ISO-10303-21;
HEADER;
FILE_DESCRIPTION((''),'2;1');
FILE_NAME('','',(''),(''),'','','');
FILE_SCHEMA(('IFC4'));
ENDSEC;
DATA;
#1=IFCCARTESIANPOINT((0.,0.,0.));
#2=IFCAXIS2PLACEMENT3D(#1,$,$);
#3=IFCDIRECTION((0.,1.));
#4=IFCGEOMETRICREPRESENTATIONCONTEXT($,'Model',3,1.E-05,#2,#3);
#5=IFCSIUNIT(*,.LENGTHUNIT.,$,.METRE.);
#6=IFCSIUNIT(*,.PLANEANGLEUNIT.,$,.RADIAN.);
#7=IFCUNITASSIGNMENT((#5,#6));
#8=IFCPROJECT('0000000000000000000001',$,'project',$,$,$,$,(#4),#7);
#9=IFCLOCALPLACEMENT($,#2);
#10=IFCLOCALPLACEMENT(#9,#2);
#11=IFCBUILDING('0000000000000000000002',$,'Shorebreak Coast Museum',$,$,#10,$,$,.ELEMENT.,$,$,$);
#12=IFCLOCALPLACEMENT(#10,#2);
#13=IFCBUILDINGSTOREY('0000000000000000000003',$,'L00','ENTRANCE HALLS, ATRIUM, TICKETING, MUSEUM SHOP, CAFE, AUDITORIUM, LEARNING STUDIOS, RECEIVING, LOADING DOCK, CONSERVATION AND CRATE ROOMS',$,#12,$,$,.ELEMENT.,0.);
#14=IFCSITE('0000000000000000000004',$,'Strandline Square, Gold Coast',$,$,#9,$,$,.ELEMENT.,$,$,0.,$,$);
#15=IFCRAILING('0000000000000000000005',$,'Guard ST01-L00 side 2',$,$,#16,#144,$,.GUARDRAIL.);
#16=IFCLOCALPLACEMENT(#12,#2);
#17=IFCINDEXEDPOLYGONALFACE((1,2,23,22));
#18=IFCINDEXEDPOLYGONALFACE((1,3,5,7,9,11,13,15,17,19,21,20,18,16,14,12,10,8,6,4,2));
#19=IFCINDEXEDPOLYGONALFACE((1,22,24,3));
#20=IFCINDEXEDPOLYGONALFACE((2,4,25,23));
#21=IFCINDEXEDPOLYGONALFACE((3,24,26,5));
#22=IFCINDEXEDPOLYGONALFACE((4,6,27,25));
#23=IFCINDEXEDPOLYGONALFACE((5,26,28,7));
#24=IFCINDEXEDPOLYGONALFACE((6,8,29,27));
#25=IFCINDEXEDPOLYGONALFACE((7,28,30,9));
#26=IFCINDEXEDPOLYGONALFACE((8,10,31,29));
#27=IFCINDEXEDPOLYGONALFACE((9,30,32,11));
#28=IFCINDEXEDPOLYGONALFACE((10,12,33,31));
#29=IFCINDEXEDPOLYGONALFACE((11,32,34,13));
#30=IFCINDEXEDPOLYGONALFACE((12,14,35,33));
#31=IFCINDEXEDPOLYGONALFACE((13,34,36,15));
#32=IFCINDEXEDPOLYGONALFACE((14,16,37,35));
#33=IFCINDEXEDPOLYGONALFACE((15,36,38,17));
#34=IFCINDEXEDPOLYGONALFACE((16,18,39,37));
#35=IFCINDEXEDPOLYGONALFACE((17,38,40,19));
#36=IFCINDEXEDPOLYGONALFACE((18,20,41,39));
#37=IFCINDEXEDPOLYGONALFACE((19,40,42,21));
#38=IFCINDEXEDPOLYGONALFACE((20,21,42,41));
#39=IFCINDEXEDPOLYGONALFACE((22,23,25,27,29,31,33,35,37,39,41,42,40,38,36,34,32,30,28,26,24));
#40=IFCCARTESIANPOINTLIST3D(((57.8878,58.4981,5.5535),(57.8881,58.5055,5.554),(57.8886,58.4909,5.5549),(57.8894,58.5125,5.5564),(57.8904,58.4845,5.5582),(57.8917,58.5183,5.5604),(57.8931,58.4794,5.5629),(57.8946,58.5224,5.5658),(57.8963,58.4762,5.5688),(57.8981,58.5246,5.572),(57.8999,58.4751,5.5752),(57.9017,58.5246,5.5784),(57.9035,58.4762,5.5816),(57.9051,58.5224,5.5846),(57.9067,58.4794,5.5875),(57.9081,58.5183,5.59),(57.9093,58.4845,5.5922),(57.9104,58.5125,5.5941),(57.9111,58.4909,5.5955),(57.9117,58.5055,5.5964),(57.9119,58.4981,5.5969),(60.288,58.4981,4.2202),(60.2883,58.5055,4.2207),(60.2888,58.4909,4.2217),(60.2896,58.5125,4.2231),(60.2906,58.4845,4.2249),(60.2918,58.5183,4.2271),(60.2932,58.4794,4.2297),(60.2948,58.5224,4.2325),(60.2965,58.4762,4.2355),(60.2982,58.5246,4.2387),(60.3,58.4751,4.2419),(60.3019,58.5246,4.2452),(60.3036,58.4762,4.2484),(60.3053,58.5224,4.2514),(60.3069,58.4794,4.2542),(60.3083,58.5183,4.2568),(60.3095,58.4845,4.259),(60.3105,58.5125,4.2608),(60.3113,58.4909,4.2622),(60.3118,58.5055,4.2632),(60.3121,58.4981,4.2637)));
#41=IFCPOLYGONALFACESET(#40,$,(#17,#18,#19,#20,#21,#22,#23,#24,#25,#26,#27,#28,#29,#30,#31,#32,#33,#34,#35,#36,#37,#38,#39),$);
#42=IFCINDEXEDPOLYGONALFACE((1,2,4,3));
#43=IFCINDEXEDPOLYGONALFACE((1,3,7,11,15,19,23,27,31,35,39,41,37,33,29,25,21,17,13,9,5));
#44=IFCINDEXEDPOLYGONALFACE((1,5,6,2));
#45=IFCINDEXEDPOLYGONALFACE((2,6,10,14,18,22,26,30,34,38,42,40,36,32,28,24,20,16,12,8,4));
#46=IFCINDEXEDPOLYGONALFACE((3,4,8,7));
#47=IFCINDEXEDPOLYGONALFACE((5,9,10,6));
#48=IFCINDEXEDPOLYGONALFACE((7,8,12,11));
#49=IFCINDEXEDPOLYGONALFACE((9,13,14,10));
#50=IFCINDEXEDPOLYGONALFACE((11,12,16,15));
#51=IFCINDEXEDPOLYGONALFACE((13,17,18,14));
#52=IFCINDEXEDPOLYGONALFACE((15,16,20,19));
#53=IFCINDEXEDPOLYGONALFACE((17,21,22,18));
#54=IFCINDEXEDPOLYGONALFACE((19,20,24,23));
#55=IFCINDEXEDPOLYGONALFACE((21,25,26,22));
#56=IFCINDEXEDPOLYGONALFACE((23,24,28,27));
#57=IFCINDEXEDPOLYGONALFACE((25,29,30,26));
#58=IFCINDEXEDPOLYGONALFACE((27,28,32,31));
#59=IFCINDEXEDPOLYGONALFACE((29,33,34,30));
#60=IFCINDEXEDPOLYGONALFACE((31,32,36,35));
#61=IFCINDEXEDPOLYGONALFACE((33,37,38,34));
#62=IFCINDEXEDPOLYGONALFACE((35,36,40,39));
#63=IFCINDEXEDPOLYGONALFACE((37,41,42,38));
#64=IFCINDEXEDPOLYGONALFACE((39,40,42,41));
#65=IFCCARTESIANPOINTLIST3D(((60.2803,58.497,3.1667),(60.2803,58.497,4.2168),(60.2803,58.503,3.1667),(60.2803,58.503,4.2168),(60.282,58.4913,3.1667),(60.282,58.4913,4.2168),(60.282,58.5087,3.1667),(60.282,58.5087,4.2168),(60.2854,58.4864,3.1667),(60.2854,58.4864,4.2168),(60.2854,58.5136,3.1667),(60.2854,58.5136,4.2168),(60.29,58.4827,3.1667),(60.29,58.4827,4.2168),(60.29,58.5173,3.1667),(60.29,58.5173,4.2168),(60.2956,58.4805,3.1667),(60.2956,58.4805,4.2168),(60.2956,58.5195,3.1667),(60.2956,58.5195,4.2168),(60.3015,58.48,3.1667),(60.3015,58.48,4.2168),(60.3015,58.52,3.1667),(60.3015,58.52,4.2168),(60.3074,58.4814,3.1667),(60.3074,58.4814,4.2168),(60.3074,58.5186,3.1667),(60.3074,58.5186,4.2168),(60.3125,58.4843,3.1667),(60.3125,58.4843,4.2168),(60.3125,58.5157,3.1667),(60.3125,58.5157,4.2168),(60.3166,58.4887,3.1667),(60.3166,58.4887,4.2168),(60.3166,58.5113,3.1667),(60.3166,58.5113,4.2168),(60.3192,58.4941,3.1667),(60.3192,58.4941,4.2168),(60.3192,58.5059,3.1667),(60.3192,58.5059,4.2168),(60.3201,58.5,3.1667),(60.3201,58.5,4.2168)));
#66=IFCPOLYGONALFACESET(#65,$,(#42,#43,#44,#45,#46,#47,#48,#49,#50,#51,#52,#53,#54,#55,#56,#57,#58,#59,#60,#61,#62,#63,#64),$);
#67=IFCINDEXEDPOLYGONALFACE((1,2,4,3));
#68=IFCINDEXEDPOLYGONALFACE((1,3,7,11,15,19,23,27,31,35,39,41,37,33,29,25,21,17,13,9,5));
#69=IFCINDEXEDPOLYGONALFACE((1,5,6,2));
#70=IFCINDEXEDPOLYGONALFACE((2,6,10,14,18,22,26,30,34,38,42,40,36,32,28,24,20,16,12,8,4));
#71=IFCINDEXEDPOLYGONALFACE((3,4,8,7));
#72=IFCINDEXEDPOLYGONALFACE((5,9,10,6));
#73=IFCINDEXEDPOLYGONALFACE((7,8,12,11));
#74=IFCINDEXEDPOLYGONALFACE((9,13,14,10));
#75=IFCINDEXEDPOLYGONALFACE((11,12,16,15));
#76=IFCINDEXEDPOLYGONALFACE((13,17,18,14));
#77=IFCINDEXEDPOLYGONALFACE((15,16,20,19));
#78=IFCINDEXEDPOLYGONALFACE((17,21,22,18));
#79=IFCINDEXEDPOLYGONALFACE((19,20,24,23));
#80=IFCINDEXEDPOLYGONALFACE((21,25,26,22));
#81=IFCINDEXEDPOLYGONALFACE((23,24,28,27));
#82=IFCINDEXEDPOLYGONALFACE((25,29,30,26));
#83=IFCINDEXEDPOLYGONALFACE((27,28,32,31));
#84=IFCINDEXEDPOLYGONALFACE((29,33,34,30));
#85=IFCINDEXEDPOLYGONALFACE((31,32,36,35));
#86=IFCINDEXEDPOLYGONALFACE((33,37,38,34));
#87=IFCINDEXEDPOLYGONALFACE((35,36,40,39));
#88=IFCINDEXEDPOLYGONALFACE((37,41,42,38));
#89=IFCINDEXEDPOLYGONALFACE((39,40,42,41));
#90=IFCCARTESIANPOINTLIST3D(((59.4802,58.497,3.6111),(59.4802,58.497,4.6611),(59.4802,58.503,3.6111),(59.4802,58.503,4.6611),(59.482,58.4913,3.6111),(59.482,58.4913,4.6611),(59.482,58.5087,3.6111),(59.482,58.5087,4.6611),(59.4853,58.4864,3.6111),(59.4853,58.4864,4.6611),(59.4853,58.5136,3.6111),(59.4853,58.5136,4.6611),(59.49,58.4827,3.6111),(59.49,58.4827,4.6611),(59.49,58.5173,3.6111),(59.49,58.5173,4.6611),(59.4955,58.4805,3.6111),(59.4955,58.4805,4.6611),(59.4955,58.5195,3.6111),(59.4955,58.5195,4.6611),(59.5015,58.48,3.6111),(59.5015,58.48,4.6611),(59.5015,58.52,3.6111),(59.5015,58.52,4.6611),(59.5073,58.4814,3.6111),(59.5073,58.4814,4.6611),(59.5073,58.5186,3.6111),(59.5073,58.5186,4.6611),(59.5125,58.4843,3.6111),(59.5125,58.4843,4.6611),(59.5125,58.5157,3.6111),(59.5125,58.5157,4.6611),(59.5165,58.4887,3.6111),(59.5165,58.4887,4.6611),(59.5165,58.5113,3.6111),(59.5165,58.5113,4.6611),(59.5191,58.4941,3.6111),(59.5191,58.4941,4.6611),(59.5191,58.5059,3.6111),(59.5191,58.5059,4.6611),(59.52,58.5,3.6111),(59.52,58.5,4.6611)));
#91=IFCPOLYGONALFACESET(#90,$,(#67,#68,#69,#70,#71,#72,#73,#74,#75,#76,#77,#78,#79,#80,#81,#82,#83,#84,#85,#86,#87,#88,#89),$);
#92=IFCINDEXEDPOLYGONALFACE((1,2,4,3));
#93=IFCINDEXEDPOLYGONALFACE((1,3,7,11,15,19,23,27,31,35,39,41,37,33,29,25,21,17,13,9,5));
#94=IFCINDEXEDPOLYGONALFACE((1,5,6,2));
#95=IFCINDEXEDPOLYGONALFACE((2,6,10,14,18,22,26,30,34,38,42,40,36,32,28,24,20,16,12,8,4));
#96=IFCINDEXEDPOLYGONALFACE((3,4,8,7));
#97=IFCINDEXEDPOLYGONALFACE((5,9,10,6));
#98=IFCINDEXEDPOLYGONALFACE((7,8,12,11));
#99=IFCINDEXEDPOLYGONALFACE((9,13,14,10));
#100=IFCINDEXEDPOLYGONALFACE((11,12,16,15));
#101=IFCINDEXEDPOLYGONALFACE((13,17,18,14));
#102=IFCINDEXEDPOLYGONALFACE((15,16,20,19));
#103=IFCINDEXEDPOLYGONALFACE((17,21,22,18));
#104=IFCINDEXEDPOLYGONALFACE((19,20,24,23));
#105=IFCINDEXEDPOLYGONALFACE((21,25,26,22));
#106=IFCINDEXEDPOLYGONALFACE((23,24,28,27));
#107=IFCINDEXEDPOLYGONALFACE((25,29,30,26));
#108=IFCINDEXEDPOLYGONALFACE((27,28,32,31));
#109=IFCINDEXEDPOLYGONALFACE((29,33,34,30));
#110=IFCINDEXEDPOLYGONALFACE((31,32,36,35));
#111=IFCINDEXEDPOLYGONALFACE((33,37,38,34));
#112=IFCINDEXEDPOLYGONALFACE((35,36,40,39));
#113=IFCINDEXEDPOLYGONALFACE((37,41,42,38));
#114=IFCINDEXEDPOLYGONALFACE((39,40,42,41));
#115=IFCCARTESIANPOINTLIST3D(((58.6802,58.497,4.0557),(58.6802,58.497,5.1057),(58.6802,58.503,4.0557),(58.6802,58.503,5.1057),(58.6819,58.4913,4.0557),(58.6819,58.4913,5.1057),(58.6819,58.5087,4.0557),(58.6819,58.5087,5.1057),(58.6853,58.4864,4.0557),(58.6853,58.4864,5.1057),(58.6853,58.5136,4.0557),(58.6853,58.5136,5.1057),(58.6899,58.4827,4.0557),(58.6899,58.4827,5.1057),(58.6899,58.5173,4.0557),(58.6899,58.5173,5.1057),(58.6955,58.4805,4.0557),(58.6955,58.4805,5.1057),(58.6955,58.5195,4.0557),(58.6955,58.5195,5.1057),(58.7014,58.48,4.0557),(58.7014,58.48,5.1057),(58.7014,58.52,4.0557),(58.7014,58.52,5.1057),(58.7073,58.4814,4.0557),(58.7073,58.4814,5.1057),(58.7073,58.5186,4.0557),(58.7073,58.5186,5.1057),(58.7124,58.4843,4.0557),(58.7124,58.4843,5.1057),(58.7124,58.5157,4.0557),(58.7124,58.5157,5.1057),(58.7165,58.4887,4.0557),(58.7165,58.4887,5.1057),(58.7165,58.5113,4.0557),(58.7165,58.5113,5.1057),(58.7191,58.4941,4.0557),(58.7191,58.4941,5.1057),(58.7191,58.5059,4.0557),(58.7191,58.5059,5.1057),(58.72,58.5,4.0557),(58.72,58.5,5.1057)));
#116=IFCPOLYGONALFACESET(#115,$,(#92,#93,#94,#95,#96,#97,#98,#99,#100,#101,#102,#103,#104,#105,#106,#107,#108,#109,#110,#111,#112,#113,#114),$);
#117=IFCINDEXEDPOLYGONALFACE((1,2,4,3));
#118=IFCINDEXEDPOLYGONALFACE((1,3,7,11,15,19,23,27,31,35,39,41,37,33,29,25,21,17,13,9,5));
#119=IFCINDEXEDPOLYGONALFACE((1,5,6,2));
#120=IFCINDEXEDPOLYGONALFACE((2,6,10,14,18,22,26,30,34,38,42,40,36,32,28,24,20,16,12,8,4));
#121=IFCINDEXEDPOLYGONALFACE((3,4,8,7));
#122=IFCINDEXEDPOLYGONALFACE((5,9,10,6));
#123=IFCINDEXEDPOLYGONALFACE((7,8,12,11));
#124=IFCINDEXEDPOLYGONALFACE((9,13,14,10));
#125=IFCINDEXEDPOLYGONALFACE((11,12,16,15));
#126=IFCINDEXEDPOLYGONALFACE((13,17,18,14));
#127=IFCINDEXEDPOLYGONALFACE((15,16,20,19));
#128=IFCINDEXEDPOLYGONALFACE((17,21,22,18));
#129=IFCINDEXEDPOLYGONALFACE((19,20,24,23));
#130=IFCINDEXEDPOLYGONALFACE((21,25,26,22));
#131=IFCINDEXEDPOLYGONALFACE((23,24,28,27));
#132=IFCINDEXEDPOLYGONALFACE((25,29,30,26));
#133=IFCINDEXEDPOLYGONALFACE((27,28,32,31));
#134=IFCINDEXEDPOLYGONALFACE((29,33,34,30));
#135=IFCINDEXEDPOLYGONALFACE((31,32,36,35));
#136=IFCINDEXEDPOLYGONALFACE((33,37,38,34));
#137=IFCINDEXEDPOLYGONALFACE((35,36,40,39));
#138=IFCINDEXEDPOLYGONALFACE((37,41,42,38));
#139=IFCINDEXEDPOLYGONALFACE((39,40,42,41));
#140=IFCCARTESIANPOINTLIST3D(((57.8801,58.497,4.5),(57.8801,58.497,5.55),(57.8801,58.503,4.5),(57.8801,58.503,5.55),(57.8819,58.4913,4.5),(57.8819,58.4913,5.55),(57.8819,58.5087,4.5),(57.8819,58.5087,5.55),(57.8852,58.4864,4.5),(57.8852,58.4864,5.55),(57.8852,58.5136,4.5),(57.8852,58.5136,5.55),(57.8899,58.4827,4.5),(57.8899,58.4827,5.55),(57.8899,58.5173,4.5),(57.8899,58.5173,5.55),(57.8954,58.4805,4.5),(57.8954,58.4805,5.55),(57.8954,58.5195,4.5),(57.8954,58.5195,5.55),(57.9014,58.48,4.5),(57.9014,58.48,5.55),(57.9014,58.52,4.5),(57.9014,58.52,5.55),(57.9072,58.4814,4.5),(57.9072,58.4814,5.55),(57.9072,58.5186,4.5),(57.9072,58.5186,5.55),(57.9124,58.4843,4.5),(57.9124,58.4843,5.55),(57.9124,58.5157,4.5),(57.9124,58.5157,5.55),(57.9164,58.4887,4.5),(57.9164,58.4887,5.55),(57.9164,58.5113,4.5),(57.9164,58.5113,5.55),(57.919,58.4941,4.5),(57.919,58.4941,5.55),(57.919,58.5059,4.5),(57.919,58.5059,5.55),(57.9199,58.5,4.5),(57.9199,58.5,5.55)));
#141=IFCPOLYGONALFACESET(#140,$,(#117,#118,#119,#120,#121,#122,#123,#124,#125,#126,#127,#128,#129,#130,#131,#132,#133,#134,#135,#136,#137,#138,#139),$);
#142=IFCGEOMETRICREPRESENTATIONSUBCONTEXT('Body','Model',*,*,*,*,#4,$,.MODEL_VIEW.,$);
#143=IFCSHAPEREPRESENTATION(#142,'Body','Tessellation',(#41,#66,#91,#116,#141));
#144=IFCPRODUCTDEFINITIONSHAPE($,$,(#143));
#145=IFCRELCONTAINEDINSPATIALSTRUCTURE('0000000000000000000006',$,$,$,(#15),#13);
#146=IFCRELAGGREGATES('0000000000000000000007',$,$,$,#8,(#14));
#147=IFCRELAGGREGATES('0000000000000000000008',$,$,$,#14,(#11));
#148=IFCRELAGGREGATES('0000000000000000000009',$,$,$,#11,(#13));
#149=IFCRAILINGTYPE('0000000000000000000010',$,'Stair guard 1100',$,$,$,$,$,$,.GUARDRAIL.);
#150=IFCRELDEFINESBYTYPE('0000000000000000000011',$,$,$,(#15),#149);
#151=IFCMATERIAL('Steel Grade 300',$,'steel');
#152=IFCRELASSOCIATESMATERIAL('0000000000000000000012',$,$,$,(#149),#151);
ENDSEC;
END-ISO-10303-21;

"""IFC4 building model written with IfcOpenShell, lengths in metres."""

from ifc_helpers import new_model, si_unit, direction, frame, origin, origin_2d, place, context, subcontext, project, spatial, circle, extrude, material, type_object, element, save


model = new_model("IFC4")

# Units and contexts
model_context = context("Model", 3, precision=1e-05, world=origin(), true_north=direction((0.0, 1.0)))
body_context = subcontext(model_context, "Body", "Model", "MODEL_VIEW")
ifc_project = project(units=[si_unit("LENGTHUNIT", "METRE"), si_unit("PLANEANGLEUNIT", "RADIAN")], contexts=[model_context])

# Site, building, storey
site_placement = place(None, origin())
site = spatial("IfcSite", under=ifc_project, at=site_placement, Name="Strandline Square, Gold Coast", CompositionType="ELEMENT", RefElevation=0.0)
building_placement = place(site_placement, origin())
building = spatial("IfcBuilding", under=site, at=building_placement, Name="Shorebreak Coast Museum", CompositionType="ELEMENT")
storey_placement = place(building_placement, origin())
storey = spatial("IfcBuildingStorey", under=building, at=storey_placement, Name="L00", Description="ENTRANCE HALLS, ATRIUM, TICKETING, MUSEUM SHOP, CAFE, AUDITORIUM, LEARNING STUDIOS, RECEIVING, LOADING DOCK, CONSERVATION AND CRATE ROOMS", CompositionType="ELEMENT", Elevation=0.0)

# Railing
ifc_material_1 = material(Name="Steel Grade 300", Category="steel")
railing_type_1 = type_object("IfcRailingType", Name="Stair guard 1100", PredefinedType="GUARDRAIL", material=ifc_material_1)
railing_1_placement = place(storey_placement, frame((60.3, 58.5, 3.1667)))
element("IfcRailing", 1, at=railing_1_placement, inside=storey, type_object=railing_type_1, Name="Guard ST01-L00 side 2", PredefinedType="GUARDRAIL", context=body_context, shape_type="SweptSolid", body=[
    extrude(circle(Radius=0.0249, at=origin_2d()), frame((0.0, 0.0, 1.0752), z_axis=(-0.874182, 0.0, 0.485598), x_axis=(0.0, -1.0, 0.0)), (0.0, 0.0, 1.0), 2.7456),
    extrude(circle(Radius=0.02, at=origin_2d()), origin(), (0.0, 0.0, 1.0), 1.05),
    extrude(circle(Radius=0.02, at=origin_2d()), frame((-0.8, 0.0, 0.4443)), (0.0, 0.0, 1.0), 1.05),
    extrude(circle(Radius=0.02, at=origin_2d()), frame((-1.6001, 0.0, 0.8889)), (0.0, 0.0, 1.0), 1.05),
    extrude(circle(Radius=0.02, at=origin_2d()), frame((-2.4001, 0.0, 1.3333)), (0.0, 0.0, 1.0), 1.05),
])

save(model, "model.ifc")
